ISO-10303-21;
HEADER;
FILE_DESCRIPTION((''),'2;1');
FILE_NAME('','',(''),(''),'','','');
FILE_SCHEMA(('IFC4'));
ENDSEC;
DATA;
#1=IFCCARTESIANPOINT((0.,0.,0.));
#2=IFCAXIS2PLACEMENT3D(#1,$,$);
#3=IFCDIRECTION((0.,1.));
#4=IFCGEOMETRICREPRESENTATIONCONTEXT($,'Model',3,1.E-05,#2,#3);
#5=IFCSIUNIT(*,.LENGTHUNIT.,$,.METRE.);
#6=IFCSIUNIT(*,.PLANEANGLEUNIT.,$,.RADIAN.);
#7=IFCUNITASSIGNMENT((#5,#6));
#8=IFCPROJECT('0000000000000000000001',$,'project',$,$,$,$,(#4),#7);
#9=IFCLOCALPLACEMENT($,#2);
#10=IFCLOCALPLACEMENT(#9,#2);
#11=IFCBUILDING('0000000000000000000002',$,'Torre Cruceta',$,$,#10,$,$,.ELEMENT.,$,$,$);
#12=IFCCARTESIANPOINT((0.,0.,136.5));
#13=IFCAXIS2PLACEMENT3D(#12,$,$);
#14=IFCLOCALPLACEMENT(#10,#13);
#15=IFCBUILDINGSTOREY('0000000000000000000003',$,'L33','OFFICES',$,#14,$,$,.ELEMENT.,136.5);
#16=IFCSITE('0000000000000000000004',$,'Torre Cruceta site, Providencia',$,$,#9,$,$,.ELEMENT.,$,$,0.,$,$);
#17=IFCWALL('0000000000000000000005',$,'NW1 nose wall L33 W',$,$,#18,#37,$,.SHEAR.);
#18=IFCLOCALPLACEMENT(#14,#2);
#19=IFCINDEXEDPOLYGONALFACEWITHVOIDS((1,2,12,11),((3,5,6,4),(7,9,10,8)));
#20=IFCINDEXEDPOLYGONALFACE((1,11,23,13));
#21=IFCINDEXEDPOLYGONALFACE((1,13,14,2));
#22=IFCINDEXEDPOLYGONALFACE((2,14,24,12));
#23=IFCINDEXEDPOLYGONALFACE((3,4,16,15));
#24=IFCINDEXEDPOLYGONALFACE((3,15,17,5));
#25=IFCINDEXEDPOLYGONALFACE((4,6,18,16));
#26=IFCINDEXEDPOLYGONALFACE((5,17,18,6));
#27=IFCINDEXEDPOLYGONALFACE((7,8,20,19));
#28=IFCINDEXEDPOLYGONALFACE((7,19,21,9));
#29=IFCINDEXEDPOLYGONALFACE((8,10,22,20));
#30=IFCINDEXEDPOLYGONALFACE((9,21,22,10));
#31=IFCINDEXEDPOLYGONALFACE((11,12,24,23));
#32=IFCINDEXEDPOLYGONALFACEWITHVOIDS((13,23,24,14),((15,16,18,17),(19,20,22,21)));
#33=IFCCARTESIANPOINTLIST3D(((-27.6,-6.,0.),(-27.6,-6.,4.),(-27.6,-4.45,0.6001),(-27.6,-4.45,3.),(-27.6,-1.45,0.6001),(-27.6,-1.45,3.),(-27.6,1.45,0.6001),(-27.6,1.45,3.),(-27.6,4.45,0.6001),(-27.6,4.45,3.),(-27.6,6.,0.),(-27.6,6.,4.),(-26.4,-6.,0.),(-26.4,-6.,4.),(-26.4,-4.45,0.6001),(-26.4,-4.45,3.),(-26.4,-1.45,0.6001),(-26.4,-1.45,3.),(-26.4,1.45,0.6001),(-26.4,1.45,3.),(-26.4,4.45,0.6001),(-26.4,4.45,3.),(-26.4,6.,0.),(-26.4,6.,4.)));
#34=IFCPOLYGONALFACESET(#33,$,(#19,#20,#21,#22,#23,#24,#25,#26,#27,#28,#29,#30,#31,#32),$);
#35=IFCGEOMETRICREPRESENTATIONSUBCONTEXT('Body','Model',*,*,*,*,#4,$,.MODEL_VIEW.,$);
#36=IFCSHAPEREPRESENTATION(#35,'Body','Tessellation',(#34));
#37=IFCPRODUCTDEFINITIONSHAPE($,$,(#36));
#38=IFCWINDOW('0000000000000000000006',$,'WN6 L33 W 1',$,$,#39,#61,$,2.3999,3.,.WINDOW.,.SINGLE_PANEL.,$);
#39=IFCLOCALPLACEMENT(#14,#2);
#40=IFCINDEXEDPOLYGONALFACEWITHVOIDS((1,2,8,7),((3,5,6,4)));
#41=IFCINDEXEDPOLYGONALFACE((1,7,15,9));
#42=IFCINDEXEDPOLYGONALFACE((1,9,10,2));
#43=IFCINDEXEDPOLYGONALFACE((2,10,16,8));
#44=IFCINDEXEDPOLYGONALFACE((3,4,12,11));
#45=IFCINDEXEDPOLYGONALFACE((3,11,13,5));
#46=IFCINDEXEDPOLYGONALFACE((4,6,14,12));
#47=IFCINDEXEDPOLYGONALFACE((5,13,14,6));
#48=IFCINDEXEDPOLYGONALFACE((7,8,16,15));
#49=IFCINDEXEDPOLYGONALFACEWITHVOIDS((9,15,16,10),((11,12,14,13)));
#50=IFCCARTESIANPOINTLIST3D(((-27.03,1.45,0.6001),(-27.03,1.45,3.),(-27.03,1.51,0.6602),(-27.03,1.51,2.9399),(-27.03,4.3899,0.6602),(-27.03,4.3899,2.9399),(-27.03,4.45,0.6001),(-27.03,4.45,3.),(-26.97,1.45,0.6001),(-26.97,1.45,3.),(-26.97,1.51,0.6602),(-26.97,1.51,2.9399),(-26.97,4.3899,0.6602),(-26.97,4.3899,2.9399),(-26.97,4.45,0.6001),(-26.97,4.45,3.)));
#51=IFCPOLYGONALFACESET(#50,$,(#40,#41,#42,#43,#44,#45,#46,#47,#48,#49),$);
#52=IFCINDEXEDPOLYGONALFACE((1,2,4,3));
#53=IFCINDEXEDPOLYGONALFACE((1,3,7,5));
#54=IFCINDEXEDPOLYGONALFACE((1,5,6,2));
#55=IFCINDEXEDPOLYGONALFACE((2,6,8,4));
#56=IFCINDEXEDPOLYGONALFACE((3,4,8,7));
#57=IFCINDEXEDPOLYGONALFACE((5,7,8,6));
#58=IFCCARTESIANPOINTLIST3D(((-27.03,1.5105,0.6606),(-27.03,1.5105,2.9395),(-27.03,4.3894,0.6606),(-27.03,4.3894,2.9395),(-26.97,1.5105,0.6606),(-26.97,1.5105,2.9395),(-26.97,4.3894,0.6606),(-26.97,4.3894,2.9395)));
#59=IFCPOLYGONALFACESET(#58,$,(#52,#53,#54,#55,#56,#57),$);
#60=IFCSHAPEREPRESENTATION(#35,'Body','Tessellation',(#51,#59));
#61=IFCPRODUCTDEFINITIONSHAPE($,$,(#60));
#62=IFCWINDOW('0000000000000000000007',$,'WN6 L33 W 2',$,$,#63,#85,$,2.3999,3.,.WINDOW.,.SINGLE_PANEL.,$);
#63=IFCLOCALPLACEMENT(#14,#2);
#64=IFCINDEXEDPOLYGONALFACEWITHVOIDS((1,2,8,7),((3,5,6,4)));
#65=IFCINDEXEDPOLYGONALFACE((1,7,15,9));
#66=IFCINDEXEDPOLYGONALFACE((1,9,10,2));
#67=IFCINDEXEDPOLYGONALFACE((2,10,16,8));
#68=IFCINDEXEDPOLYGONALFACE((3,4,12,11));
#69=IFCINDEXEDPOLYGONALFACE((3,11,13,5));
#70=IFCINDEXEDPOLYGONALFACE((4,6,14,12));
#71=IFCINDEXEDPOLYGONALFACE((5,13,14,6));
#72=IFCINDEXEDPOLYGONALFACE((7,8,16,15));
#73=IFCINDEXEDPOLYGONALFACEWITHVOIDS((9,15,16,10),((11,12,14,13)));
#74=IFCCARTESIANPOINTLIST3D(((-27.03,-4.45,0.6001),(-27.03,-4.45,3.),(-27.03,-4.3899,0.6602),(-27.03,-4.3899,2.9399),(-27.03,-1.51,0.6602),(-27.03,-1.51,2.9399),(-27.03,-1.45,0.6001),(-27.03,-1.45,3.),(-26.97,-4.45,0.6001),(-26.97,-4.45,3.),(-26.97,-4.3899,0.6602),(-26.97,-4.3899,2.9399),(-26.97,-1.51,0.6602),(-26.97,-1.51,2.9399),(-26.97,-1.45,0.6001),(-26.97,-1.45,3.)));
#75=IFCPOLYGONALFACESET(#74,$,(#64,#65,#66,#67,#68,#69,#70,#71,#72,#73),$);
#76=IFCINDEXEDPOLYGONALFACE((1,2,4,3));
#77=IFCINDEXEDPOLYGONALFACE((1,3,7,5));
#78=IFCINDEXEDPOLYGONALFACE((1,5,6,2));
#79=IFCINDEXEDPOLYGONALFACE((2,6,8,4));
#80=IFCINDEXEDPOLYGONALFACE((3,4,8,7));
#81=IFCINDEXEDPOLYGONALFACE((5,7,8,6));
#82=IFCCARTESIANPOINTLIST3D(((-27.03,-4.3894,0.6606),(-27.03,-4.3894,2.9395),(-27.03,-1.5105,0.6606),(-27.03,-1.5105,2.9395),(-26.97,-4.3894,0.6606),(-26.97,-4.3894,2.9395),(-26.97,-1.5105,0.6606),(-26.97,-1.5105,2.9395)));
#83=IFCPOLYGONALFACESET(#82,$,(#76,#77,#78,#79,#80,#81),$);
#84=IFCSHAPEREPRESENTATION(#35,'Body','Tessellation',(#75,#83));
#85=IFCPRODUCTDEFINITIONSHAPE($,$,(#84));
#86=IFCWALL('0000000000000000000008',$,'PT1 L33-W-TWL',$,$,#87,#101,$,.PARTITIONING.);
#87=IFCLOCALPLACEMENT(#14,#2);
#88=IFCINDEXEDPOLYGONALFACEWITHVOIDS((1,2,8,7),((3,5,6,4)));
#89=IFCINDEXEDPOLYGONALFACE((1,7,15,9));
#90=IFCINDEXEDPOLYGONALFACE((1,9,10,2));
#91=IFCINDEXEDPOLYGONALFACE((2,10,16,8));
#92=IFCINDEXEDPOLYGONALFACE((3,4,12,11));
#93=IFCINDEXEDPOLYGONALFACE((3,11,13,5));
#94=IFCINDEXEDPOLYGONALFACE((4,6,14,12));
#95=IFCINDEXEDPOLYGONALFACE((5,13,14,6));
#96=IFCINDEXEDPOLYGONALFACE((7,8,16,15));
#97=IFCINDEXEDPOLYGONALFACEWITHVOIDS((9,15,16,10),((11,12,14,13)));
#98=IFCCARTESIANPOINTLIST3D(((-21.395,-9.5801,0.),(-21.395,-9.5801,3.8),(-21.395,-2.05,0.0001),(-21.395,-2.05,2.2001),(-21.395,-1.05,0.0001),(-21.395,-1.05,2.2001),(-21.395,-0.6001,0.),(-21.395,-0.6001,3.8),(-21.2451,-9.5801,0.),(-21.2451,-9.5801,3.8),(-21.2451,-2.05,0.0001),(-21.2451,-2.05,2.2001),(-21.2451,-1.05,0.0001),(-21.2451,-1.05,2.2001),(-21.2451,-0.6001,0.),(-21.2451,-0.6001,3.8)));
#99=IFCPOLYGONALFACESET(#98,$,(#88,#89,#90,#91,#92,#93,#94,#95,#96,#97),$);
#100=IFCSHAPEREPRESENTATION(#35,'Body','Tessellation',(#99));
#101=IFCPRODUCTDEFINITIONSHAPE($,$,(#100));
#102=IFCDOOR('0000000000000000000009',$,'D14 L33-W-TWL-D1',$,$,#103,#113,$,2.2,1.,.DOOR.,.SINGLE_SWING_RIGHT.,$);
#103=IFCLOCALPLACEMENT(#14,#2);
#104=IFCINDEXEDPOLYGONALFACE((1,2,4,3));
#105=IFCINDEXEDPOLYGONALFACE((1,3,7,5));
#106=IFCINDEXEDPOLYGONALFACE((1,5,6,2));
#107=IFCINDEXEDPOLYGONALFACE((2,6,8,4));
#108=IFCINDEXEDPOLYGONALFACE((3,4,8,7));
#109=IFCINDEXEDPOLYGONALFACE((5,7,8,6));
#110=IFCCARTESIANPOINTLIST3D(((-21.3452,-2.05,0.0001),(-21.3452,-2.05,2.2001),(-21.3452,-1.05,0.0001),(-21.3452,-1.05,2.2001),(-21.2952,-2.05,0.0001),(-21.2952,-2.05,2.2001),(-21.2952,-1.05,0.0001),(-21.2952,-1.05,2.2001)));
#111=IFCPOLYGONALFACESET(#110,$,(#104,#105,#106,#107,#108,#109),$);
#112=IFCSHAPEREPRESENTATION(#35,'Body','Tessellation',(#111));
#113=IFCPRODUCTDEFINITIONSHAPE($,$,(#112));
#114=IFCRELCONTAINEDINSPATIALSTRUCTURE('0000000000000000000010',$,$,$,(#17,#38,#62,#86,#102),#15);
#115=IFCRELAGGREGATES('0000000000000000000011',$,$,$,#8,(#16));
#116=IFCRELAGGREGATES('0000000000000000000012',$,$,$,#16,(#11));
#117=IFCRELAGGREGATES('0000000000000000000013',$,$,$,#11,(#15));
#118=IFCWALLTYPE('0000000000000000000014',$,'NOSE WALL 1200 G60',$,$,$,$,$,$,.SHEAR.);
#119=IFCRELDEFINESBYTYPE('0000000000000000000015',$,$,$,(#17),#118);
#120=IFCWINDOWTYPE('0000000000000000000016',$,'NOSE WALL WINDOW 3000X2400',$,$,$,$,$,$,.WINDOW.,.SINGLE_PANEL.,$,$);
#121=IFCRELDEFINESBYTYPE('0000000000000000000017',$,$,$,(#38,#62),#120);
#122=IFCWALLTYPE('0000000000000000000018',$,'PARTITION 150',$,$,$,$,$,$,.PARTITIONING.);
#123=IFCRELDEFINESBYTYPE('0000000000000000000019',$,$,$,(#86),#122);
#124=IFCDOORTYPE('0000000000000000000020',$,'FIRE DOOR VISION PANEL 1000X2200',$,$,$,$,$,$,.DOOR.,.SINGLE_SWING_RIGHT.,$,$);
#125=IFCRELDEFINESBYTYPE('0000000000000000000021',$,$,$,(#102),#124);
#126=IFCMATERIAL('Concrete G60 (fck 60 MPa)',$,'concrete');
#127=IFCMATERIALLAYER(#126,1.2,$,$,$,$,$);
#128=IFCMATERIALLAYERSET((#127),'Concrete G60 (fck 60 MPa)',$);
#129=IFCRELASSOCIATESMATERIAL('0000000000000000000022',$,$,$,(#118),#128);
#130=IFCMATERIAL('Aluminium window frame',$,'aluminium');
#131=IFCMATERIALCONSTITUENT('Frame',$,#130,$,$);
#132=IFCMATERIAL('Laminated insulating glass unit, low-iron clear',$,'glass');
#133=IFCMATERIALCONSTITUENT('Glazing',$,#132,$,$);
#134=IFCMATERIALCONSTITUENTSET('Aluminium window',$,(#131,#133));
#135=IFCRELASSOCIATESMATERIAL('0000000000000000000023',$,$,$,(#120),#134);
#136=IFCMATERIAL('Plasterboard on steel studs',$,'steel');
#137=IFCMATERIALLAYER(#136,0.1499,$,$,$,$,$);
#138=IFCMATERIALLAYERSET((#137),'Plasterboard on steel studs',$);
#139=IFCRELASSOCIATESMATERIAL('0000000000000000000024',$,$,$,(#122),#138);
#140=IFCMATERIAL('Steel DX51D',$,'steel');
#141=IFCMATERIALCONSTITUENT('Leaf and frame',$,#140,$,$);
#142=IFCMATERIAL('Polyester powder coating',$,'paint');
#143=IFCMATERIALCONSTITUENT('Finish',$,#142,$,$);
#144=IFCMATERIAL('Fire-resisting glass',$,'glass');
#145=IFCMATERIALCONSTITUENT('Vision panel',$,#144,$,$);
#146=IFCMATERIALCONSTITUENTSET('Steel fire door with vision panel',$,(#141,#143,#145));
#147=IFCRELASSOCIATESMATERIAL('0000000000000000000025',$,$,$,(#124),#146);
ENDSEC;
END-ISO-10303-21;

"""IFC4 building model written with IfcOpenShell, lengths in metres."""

from ifc_helpers import new_model, si_unit, direction, frame, frame_2d, origin, place, context, subcontext, project, spatial, rectangle, hollow_rectangle, extrude, material, layer, layer_set, constituent, constituent_set, type_object, element, fill, save


model = new_model("IFC4")

# Units and contexts
model_context = context("Model", 3, precision=1e-05, world=origin(), true_north=direction((0.0, 1.0)))
body_context = subcontext(model_context, "Body", "Model", "MODEL_VIEW")
ifc_project = project(units=[si_unit("LENGTHUNIT", "METRE"), si_unit("PLANEANGLEUNIT", "RADIAN")], contexts=[model_context])

# Site, building, storey
site_placement = place(None, origin())
site = spatial("IfcSite", under=ifc_project, at=site_placement, Name="Torre Cruceta site, Providencia", CompositionType="ELEMENT", RefElevation=0.0)
building_placement = place(site_placement, origin())
building = spatial("IfcBuilding", under=site, at=building_placement, Name="Torre Cruceta", CompositionType="ELEMENT")
storey_placement = place(building_placement, frame((0.0, 0.0, 136.5)))
storey = spatial("IfcBuildingStorey", under=building, at=storey_placement, Name="L33", Description="OFFICES", CompositionType="ELEMENT", Elevation=136.5)

# Wall, openings, windows
ifc_material_1 = material(Name="Concrete G60 (fck 60 MPa)", Category="concrete")
ifc_layer_1 = layer(ifc_material_1, 1.2)
ifc_layer_set_1 = layer_set([ifc_layer_1], Name="Concrete G60 (fck 60 MPa)")
wall_type_1 = type_object("IfcWallType", Name="NOSE WALL 1200 G60", PredefinedType="SHEAR", material=ifc_layer_set_1)
wall_1_placement = place(storey_placement, frame((-27.0, 6.0, 0.0), z_axis=(0.0, 0.0, 1.0), x_axis=(0.0, -1.0, 0.0)))
wall_1 = element("IfcWall", 1, at=wall_1_placement, inside=storey, type_object=wall_type_1, Name="NW1 nose wall L33 W", PredefinedType="SHEAR", context=body_context, shape_type="SweptSolid", body=[
    extrude(rectangle(XDim=12.0, YDim=1.2, at=frame_2d((6.0, 0.0))), origin(), (0.0, 0.0, 1.0), 4.0),
])
opening_1_placement = place(wall_1_placement, frame((1.55, 0.0, 0.6001)))
opening_1 = element("IfcOpeningElement", 2, at=opening_1_placement, cuts=wall_1, PredefinedType="OPENING", context=body_context, shape_type="SweptSolid", body=[
    extrude(rectangle(XDim=3.0, YDim=2.3999, at=frame_2d((1.5, 1.2))), frame((0.0, 0.6099, 0.0), z_axis=(0.0, -1.0, 0.0), x_axis=(1.0, 0.0, 0.0)), (0.0, 0.0, 1.0), 1.22),
])
opening_2_placement = place(wall_1_placement, frame((7.45, 0.0, 0.6001)))
opening_2 = element("IfcOpeningElement", 3, at=opening_2_placement, cuts=wall_1, PredefinedType="OPENING", context=body_context, shape_type="SweptSolid", body=[
    extrude(rectangle(XDim=3.0, YDim=2.3999, at=frame_2d((1.5, 1.2))), frame((0.0, 0.6099, 0.0), z_axis=(0.0, -1.0, 0.0), x_axis=(1.0, 0.0, 0.0)), (0.0, 0.0, 1.0), 1.22),
])
ifc_material_2 = material(Name="Aluminium window frame", Category="aluminium")
ifc_constituent_1 = constituent(ifc_material_2, Name="Frame")
ifc_material_3 = material(Name="Laminated insulating glass unit, low-iron clear", Category="glass")
ifc_constituent_2 = constituent(ifc_material_3, Name="Glazing")
ifc_constituent_set_1 = constituent_set(constituents=[ifc_constituent_1, ifc_constituent_2], Name="Aluminium window")
window_type_1 = type_object("IfcWindowType", Name="NOSE WALL WINDOW 3000X2400", PartitioningType="SINGLE_PANEL", PredefinedType="WINDOW", material=ifc_constituent_set_1)
window_1_placement = place(opening_1_placement, origin())
window_1 = element("IfcWindow", 4, at=window_1_placement, inside=storey, type_object=window_type_1, Name="WN6 L33 W 1", OverallHeight=2.3999, OverallWidth=3.0, PartitioningType="SINGLE_PANEL", PredefinedType="WINDOW", context=body_context, shape_type="SweptSolid", body=[
    extrude(hollow_rectangle(XDim=3.0, YDim=2.3999, WallThickness=0.0601, at=frame_2d((1.5, 1.2))), frame((0.0, 0.03, 0.0), z_axis=(0.0, -1.0, 0.0), x_axis=(1.0, 0.0, 0.0)), (0.0, 0.0, 1.0), 0.0601),
    extrude(rectangle(XDim=2.8789, YDim=2.2788, at=frame_2d((1.5, 1.2))), frame((0.0, 0.03, 0.0), z_axis=(0.0, -1.0, 0.0), x_axis=(1.0, 0.0, 0.0)), (0.0, 0.0, 1.0), 0.0601),
])
fill(opening_1, window_1)
window_2_placement = place(opening_2_placement, origin())
window_2 = element("IfcWindow", 5, at=window_2_placement, inside=storey, type_object=window_type_1, Name="WN6 L33 W 2", OverallHeight=2.3999, OverallWidth=3.0, PartitioningType="SINGLE_PANEL", PredefinedType="WINDOW", context=body_context, shape_type="SweptSolid", body=[
    extrude(hollow_rectangle(XDim=3.0, YDim=2.3999, WallThickness=0.0601, at=frame_2d((1.5, 1.2))), frame((0.0, 0.03, 0.0), z_axis=(0.0, -1.0, 0.0), x_axis=(1.0, 0.0, 0.0)), (0.0, 0.0, 1.0), 0.0601),
    extrude(rectangle(XDim=2.8789, YDim=2.2788, at=frame_2d((1.5, 1.2))), frame((0.0, 0.03, 0.0), z_axis=(0.0, -1.0, 0.0), x_axis=(1.0, 0.0, 0.0)), (0.0, 0.0, 1.0), 0.0601),
])
fill(opening_2, window_2)

# Wall, opening, door
ifc_material_4 = material(Name="Plasterboard on steel studs", Category="steel")
ifc_layer_2 = layer(ifc_material_4, 0.1499)
ifc_layer_set_2 = layer_set([ifc_layer_2], Name="Plasterboard on steel studs")
wall_type_2 = type_object("IfcWallType", Name="PARTITION 150", PredefinedType="PARTITIONING", material=ifc_layer_set_2)
wall_2_placement = place(storey_placement, frame((-21.3201, -0.6001, 0.0), z_axis=(0.0, 0.0, 1.0), x_axis=(0.0, -1.0, 0.0)))
wall_2 = element("IfcWall", 6, at=wall_2_placement, inside=storey, type_object=wall_type_2, Name="PT1 L33-W-TWL", PredefinedType="PARTITIONING", context=body_context, shape_type="SweptSolid", body=[
    extrude(rectangle(XDim=8.98, YDim=0.1499, at=frame_2d((4.49, 0.0))), origin(), (0.0, 0.0, 1.0), 3.8),
])
opening_3_placement = place(wall_2_placement, frame((0.45, 0.0, 0.0)))
opening_3 = element("IfcOpeningElement", 7, at=opening_3_placement, cuts=wall_2, PredefinedType="OPENING", context=body_context, shape_type="SweptSolid", body=[
    extrude(rectangle(XDim=1.0, YDim=2.2, at=frame_2d((0.5, 1.1001))), frame((0.0, 0.085, 0.0), z_axis=(0.0, -1.0, 0.0), x_axis=(1.0, 0.0, 0.0)), (0.0, 0.0, 1.0), 0.1699),
])
ifc_material_5 = material(Name="Steel DX51D", Category="steel")
ifc_constituent_3 = constituent(ifc_material_5, Name="Leaf and frame")
ifc_material_6 = material(Name="Polyester powder coating", Category="paint")
ifc_constituent_4 = constituent(ifc_material_6, Name="Finish")
ifc_material_7 = material(Name="Fire-resisting glass", Category="glass")
ifc_constituent_5 = constituent(ifc_material_7, Name="Vision panel")
ifc_constituent_set_2 = constituent_set(constituents=[ifc_constituent_3, ifc_constituent_4, ifc_constituent_5], Name="Steel fire door with vision panel")
door_type = type_object("IfcDoorType", Name="FIRE DOOR VISION PANEL 1000X2200", OperationType="SINGLE_SWING_RIGHT", PredefinedType="DOOR", material=ifc_constituent_set_2)
door_placement = place(opening_3_placement, frame((1.0, 0.0, 0.0), z_axis=(0.0, 0.0, 1.0), x_axis=(-1.0, 0.0, 0.0)))
door = element("IfcDoor", 8, at=door_placement, inside=storey, type_object=door_type, Name="D14 L33-W-TWL-D1", OperationType="SINGLE_SWING_RIGHT", OverallHeight=2.2, OverallWidth=1.0, PredefinedType="DOOR", context=body_context, shape_type="SweptSolid", body=[
    extrude(rectangle(XDim=1.0, YDim=2.2, at=frame_2d((0.5, 1.1001))), frame((0.0, 0.0251, 0.0), z_axis=(0.0, -1.0, 0.0), x_axis=(1.0, 0.0, 0.0)), (0.0, 0.0, 1.0), 0.05),
])
fill(opening_3, door)

save(model, "model.ifc")
